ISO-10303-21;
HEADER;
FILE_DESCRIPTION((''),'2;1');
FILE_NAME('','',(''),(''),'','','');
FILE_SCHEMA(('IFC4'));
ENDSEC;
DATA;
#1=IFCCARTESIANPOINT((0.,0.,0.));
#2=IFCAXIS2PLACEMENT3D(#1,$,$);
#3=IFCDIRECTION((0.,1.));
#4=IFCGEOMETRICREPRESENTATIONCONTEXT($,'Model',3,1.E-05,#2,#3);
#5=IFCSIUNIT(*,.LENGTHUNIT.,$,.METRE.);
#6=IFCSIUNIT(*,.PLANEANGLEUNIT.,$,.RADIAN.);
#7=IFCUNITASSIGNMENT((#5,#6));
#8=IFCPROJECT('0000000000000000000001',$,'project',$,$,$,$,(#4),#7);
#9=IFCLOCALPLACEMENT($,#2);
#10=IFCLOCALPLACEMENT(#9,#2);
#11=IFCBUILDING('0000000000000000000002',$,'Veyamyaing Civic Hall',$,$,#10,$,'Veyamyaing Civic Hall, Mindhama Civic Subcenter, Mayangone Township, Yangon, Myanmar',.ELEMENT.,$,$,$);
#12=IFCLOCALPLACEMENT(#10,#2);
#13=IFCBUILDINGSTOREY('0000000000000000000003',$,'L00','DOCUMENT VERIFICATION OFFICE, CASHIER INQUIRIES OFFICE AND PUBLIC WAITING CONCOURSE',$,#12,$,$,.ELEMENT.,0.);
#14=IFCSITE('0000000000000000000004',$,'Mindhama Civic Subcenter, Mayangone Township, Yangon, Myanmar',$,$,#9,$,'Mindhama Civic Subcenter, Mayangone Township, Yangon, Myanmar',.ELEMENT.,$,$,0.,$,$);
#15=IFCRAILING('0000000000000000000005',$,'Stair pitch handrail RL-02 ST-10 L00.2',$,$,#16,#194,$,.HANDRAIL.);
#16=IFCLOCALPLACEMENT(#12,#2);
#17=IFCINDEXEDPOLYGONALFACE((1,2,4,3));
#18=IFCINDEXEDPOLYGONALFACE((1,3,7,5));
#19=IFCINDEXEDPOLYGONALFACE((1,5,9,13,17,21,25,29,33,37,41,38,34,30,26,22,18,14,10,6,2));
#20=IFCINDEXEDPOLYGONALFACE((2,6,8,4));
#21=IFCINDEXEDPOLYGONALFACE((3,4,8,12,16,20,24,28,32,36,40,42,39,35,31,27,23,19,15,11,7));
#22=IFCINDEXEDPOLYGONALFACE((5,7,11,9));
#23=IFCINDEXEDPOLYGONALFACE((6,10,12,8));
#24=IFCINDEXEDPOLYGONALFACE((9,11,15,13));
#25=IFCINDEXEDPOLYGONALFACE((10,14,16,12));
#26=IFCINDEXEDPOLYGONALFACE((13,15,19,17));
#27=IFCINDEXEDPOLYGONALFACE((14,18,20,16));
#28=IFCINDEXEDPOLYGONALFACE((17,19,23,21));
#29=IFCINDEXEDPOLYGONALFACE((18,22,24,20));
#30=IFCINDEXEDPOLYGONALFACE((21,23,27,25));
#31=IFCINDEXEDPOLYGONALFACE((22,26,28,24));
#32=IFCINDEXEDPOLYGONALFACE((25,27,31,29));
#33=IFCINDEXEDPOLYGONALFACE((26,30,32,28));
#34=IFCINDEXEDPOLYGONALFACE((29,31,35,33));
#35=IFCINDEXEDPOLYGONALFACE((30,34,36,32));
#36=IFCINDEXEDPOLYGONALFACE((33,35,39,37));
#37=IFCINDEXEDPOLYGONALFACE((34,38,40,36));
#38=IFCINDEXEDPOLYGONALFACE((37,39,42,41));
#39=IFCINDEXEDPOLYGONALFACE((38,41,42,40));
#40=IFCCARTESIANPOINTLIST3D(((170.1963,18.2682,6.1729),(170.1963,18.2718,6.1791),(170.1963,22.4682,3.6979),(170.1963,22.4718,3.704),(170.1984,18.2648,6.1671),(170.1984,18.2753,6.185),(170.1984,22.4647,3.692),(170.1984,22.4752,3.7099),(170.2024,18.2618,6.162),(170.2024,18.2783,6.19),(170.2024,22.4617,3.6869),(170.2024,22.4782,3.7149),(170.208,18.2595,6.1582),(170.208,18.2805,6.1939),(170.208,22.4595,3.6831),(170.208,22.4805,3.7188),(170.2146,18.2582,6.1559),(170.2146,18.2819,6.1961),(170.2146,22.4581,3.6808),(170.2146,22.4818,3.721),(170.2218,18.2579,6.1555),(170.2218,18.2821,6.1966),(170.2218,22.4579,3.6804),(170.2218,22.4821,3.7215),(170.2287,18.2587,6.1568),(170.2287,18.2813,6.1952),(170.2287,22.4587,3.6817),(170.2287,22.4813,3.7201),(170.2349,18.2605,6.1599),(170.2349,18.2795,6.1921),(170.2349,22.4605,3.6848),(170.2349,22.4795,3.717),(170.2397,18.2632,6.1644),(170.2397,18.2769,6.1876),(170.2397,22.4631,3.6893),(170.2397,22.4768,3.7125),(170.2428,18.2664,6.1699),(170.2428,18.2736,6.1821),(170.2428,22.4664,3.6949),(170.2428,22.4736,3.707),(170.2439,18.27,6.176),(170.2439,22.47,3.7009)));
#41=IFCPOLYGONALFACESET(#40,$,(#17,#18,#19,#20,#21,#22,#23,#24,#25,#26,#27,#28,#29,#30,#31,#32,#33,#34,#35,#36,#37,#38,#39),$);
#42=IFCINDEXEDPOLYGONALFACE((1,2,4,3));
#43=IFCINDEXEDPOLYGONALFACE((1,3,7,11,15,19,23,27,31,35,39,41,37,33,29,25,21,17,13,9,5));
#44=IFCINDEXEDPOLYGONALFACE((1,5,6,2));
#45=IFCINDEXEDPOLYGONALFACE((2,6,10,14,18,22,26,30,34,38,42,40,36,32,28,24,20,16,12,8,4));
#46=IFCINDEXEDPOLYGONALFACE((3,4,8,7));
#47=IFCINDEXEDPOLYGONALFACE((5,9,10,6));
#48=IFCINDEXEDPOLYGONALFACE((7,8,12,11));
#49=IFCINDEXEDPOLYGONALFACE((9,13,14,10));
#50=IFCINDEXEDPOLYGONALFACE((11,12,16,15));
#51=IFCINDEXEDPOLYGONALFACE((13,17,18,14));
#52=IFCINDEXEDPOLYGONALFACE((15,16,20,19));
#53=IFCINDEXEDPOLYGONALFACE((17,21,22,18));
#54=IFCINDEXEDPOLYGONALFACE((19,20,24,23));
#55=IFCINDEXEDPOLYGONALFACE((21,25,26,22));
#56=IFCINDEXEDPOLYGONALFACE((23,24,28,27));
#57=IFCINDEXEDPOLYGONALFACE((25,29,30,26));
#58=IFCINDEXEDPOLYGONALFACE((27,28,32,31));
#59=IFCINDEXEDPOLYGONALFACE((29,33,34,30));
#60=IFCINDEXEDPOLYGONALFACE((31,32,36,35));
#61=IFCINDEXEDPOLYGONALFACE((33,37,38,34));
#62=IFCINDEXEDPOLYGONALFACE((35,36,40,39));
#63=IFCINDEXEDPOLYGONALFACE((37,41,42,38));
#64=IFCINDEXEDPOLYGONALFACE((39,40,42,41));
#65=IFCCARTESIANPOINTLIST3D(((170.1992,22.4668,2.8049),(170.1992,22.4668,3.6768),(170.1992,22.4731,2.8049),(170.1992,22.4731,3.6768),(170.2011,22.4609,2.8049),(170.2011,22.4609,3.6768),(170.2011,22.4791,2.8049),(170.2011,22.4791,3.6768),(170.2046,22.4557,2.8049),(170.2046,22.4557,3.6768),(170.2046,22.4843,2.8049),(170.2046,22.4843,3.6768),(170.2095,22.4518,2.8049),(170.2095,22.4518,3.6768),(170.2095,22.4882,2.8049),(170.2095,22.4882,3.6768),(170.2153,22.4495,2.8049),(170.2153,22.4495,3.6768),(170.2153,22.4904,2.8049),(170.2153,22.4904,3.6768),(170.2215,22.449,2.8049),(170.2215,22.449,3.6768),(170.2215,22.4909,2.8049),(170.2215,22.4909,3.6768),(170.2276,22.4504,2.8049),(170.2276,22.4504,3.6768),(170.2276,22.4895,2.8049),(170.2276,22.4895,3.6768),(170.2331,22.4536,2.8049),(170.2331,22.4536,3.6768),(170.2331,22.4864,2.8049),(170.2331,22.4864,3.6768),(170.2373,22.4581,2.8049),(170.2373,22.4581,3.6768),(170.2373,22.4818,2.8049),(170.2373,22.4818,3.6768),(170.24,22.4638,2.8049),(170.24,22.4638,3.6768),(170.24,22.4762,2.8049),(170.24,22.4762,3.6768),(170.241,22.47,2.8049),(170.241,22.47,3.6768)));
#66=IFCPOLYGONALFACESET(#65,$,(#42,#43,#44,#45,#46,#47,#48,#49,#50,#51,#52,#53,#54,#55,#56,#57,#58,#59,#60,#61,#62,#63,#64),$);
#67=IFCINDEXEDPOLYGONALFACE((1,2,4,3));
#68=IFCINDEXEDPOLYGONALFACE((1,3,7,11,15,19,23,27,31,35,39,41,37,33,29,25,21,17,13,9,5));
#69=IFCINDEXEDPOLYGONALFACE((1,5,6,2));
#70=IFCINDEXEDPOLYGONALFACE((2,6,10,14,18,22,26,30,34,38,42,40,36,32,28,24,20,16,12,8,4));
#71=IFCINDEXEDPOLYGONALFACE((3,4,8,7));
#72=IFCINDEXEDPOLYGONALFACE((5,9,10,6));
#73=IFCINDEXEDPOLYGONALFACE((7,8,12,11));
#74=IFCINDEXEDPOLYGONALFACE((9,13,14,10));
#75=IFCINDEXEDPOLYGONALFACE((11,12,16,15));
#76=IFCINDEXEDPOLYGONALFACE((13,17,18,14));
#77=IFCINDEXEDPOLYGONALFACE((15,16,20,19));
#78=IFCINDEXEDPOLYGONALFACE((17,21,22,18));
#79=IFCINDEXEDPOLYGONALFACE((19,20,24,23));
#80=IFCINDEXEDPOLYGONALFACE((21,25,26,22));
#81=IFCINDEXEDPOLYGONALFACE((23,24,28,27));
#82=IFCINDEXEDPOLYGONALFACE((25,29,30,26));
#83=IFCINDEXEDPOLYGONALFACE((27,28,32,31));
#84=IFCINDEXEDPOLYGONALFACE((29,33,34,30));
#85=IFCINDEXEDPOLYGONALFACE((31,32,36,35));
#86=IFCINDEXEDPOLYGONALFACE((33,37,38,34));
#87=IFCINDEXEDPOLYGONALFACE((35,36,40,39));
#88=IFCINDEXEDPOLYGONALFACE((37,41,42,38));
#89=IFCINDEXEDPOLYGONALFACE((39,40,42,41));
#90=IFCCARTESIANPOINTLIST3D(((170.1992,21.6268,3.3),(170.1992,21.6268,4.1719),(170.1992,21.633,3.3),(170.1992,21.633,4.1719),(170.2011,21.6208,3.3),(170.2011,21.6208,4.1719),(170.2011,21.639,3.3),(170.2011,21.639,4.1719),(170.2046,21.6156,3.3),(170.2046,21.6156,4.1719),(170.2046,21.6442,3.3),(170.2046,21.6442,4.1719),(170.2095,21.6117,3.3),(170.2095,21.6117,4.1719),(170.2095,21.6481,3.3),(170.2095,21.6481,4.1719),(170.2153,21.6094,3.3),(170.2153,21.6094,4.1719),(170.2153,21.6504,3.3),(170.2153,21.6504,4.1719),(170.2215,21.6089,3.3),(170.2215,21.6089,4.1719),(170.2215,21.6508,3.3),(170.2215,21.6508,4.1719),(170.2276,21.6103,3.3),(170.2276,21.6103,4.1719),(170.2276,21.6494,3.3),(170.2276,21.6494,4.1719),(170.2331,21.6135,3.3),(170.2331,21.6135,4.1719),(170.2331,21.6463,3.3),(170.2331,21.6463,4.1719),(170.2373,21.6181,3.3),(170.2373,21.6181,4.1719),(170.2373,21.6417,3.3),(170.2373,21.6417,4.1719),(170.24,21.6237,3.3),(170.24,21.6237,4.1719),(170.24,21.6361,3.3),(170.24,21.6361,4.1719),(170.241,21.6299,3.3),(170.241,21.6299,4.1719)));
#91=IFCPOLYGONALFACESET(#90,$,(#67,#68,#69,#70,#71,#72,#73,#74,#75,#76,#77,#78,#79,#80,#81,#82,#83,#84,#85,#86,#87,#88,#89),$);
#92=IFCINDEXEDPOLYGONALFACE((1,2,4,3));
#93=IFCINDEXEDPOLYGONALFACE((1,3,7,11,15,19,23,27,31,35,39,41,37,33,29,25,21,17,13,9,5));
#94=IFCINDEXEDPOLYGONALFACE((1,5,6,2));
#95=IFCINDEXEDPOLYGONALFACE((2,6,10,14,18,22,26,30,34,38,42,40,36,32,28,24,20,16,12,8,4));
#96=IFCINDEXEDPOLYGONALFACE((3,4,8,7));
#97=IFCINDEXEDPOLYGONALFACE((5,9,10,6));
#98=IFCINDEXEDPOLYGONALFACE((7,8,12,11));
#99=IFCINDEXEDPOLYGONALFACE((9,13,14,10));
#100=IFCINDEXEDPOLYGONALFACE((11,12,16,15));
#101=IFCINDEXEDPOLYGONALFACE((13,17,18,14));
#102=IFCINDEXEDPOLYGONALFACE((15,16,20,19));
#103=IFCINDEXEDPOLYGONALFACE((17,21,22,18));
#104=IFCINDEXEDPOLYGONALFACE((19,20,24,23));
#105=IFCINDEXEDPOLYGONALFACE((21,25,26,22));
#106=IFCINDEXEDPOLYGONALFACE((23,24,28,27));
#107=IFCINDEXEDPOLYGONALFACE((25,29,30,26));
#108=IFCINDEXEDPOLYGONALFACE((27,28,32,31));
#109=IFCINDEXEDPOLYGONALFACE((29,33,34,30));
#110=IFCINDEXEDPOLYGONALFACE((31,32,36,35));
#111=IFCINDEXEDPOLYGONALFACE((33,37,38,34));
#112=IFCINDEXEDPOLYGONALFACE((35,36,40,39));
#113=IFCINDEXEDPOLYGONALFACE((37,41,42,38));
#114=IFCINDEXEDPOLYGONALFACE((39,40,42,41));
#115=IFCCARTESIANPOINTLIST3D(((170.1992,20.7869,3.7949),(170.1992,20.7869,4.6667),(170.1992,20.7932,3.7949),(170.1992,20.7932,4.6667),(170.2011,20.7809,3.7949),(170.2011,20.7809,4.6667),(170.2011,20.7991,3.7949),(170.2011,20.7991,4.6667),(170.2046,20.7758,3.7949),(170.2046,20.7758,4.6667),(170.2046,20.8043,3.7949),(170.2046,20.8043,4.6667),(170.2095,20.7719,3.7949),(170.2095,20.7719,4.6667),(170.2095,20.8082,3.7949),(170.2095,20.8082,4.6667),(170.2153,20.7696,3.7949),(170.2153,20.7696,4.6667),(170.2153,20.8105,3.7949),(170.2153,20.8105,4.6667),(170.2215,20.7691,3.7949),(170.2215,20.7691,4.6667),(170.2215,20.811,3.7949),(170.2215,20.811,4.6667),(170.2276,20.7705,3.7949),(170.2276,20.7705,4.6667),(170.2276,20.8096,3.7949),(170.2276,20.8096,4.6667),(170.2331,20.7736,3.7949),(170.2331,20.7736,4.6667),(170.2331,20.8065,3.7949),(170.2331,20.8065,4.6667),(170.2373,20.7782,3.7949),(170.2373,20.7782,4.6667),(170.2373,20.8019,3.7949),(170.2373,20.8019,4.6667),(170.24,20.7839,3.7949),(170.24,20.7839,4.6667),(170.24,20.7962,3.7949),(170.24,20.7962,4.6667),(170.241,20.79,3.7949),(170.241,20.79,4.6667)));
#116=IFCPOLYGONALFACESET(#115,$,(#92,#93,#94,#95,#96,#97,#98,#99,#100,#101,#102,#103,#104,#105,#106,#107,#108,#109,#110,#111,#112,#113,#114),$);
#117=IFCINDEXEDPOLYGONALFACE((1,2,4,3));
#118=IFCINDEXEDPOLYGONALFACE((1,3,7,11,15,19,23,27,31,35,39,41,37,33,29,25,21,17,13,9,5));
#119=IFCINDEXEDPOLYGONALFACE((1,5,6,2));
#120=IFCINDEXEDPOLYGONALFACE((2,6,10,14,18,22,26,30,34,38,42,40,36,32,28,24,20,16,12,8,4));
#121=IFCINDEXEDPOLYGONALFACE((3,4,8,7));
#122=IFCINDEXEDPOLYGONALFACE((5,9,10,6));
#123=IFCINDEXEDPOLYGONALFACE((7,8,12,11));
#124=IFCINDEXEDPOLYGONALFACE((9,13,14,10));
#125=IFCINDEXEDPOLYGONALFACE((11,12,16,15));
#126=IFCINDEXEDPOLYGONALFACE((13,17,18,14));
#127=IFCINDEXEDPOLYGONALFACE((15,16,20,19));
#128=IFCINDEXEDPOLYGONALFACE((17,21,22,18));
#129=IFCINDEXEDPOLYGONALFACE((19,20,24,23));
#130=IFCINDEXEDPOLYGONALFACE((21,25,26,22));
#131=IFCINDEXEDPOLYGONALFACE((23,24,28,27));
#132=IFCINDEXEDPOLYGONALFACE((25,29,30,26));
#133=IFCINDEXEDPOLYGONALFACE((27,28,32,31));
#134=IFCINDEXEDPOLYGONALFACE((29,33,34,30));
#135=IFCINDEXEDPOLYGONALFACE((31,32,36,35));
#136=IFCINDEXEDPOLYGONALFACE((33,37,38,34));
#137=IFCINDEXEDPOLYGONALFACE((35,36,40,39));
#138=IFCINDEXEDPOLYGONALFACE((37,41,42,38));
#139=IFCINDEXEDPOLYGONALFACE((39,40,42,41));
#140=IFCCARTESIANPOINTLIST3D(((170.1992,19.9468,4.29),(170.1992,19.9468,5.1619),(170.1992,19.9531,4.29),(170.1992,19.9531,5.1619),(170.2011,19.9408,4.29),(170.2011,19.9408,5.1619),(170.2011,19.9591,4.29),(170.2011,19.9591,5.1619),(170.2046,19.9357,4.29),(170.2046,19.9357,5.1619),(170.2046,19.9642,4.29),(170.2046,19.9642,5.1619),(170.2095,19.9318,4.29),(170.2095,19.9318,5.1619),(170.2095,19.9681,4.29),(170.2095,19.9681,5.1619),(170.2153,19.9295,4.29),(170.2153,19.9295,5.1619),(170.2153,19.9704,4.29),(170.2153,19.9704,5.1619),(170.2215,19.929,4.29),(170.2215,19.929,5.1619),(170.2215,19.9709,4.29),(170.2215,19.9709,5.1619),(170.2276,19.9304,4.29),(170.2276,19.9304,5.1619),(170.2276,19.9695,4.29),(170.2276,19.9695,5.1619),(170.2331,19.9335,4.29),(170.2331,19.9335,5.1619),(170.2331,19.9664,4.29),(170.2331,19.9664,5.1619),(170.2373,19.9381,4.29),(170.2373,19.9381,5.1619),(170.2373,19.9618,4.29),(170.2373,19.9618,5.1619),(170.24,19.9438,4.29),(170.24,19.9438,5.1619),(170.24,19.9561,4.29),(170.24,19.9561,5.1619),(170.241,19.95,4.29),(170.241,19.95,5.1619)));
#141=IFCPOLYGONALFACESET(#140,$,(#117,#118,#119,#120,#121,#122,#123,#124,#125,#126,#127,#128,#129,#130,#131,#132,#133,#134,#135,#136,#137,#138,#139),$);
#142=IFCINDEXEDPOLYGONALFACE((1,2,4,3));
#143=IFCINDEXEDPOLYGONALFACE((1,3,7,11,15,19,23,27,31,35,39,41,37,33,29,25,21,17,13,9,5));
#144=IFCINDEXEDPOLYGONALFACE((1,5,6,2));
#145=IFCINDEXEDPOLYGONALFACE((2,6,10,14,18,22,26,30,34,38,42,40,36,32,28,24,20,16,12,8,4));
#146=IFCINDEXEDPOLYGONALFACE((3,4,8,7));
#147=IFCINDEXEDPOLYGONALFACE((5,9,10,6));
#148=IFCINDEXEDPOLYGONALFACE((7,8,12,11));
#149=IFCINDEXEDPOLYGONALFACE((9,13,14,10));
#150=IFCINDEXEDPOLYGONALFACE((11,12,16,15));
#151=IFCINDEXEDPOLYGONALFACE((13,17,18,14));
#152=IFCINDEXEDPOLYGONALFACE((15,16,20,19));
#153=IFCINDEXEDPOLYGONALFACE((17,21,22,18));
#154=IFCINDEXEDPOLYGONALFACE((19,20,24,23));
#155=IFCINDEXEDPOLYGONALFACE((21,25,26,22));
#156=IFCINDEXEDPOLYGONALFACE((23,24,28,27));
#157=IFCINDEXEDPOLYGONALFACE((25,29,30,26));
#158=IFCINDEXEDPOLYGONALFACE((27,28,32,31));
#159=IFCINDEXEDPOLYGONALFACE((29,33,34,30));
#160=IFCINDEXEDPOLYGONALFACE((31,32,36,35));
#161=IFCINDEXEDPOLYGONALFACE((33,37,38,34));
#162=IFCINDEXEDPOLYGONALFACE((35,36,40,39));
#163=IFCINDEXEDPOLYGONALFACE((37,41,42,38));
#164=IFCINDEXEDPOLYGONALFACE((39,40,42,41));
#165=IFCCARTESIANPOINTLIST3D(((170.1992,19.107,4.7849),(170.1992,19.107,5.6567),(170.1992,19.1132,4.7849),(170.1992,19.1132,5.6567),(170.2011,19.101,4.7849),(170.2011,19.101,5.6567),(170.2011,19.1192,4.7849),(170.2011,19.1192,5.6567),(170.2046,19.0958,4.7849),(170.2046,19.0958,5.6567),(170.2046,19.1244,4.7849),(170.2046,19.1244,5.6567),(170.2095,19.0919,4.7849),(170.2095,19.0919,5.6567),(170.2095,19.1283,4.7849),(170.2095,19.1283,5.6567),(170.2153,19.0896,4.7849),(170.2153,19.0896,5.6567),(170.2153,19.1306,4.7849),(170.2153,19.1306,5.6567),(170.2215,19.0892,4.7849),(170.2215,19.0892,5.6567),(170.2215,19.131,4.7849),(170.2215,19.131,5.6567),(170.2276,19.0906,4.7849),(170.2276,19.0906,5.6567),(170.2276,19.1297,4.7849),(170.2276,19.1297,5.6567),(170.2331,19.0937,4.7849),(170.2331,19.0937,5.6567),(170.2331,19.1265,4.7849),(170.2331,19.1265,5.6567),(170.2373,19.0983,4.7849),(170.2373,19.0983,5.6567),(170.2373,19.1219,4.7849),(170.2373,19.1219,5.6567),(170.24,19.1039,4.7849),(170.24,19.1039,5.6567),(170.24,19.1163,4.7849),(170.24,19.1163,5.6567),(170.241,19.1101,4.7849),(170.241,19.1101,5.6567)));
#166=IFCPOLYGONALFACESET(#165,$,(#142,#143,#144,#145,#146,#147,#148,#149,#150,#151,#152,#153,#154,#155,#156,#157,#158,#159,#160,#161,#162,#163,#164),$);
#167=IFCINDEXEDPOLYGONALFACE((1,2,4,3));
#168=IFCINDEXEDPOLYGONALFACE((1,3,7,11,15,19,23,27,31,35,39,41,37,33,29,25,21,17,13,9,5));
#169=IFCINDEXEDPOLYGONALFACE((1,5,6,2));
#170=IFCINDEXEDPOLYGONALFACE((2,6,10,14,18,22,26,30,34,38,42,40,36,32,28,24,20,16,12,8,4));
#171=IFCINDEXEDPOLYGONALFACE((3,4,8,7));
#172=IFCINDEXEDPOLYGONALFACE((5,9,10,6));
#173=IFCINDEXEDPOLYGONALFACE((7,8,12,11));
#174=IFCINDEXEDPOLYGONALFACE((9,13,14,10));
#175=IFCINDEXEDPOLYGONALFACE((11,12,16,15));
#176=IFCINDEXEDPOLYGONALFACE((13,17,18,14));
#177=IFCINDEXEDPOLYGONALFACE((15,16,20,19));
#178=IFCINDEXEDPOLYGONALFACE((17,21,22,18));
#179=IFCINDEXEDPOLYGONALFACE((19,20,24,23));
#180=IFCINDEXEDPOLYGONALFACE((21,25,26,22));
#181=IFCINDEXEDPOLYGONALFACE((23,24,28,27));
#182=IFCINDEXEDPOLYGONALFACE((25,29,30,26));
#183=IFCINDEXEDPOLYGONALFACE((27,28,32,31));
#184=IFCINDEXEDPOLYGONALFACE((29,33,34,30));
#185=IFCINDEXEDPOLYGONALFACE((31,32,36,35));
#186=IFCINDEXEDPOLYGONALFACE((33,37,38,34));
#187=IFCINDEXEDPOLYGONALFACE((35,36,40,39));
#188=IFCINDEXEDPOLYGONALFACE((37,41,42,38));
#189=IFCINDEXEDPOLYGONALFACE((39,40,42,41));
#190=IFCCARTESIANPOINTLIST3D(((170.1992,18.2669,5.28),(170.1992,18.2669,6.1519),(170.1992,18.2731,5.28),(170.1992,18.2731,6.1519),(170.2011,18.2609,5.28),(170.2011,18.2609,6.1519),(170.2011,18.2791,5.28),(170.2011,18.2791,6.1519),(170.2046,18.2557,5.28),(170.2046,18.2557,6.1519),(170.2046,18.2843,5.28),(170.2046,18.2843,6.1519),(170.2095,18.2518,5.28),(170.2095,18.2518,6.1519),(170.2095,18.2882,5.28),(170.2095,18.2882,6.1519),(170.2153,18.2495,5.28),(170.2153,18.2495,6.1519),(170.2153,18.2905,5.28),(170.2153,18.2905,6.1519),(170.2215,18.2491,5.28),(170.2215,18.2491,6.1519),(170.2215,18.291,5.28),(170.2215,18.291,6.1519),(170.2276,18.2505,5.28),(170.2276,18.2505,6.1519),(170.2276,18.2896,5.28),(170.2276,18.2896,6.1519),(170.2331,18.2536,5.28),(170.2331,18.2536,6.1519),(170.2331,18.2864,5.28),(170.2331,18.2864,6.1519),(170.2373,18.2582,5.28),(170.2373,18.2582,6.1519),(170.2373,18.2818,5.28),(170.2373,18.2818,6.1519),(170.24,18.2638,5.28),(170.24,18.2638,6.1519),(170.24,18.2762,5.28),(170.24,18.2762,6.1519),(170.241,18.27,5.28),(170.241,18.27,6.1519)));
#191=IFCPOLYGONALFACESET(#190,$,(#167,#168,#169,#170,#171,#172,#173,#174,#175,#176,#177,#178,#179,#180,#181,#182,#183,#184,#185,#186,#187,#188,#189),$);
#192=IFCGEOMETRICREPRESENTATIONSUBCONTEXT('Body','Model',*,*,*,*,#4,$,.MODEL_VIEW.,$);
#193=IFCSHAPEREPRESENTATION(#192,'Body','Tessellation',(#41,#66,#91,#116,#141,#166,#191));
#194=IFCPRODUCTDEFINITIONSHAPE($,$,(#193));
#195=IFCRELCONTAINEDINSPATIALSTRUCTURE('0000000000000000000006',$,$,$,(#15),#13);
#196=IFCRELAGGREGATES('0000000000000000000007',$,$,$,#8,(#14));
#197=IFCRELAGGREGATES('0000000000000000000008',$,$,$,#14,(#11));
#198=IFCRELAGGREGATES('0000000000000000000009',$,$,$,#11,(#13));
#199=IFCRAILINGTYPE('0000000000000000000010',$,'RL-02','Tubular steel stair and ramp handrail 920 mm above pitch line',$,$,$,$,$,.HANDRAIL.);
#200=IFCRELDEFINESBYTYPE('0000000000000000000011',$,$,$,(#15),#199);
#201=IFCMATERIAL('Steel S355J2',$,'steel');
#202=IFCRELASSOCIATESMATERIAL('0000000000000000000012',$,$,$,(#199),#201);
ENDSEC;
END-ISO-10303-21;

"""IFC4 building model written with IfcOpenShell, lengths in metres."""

from ifc_helpers import new_model, si_unit, direction, frame, origin, origin_2d, place, context, subcontext, project, spatial, circle, extrude, material, type_object, element, save


model = new_model("IFC4")

# Units and contexts
model_context = context("Model", 3, precision=1e-05, world=origin(), true_north=direction((0.0, 1.0)))
body_context = subcontext(model_context, "Body", "Model", "MODEL_VIEW")
ifc_project = project(units=[si_unit("LENGTHUNIT", "METRE"), si_unit("PLANEANGLEUNIT", "RADIAN")], contexts=[model_context])

# Site, building, storey
site_placement = place(None, origin())
site = spatial("IfcSite", under=ifc_project, at=site_placement, Name="Mindhama Civic Subcenter, Mayangone Township, Yangon, Myanmar", LongName="Mindhama Civic Subcenter, Mayangone Township, Yangon, Myanmar", CompositionType="ELEMENT", RefElevation=0.0)
building_placement = place(site_placement, origin())
building = spatial("IfcBuilding", under=site, at=building_placement, Name="Veyamyaing Civic Hall", LongName="Veyamyaing Civic Hall, Mindhama Civic Subcenter, Mayangone Township, Yangon, Myanmar", CompositionType="ELEMENT")
storey_placement = place(building_placement, origin())
storey = spatial("IfcBuildingStorey", under=building, at=storey_placement, Name="L00", Description="DOCUMENT VERIFICATION OFFICE, CASHIER INQUIRIES OFFICE AND PUBLIC WAITING CONCOURSE", CompositionType="ELEMENT", Elevation=0.0)

# Railing
ifc_material_1 = material(Name="Steel S355J2", Category="steel")
railing_type_1 = type_object("IfcRailingType", Name="RL-02", Description="Tubular steel stair and ramp handrail 920 mm above pitch line", PredefinedType="HANDRAIL", material=ifc_material_1)
railing_1_placement = place(storey_placement, frame((170.22, 22.47, 2.8049)))
element("IfcRailing", 1, at=railing_1_placement, inside=storey, type_object=railing_type_1, Name="Stair pitch handrail RL-02 ST-10 L00.2", PredefinedType="HANDRAIL", context=body_context, shape_type="SweptSolid", body=[
    extrude(circle(Radius=0.0239, at=origin_2d()), frame((0.0, 0.0, 0.896), z_axis=(0.0, -0.861527, 0.507712), x_axis=(1.0, 0.0, 0.0)), (0.0, 0.0, 1.0), 4.875),
    extrude(circle(Radius=0.021, at=origin_2d()), origin(), (0.0, 0.0, 1.0), 0.8718),
    extrude(circle(Radius=0.021, at=origin_2d()), frame((0.0, -0.8401, 0.4951)), (0.0, 0.0, 1.0), 0.8718),
    extrude(circle(Radius=0.021, at=origin_2d()), frame((0.0, -1.6799, 0.99)), (0.0, 0.0, 1.0), 0.8718),
    extrude(circle(Radius=0.021, at=origin_2d()), frame((0.0, -2.52, 1.4851)), (0.0, 0.0, 1.0), 0.8718),
    extrude(circle(Radius=0.021, at=origin_2d()), frame((0.0, -3.3599, 1.98)), (0.0, 0.0, 1.0), 0.8718),
    extrude(circle(Radius=0.021, at=origin_2d()), frame((0.0, -4.2, 2.4751)), (0.0, 0.0, 1.0), 0.8718),
])

save(model, "model.ifc")
